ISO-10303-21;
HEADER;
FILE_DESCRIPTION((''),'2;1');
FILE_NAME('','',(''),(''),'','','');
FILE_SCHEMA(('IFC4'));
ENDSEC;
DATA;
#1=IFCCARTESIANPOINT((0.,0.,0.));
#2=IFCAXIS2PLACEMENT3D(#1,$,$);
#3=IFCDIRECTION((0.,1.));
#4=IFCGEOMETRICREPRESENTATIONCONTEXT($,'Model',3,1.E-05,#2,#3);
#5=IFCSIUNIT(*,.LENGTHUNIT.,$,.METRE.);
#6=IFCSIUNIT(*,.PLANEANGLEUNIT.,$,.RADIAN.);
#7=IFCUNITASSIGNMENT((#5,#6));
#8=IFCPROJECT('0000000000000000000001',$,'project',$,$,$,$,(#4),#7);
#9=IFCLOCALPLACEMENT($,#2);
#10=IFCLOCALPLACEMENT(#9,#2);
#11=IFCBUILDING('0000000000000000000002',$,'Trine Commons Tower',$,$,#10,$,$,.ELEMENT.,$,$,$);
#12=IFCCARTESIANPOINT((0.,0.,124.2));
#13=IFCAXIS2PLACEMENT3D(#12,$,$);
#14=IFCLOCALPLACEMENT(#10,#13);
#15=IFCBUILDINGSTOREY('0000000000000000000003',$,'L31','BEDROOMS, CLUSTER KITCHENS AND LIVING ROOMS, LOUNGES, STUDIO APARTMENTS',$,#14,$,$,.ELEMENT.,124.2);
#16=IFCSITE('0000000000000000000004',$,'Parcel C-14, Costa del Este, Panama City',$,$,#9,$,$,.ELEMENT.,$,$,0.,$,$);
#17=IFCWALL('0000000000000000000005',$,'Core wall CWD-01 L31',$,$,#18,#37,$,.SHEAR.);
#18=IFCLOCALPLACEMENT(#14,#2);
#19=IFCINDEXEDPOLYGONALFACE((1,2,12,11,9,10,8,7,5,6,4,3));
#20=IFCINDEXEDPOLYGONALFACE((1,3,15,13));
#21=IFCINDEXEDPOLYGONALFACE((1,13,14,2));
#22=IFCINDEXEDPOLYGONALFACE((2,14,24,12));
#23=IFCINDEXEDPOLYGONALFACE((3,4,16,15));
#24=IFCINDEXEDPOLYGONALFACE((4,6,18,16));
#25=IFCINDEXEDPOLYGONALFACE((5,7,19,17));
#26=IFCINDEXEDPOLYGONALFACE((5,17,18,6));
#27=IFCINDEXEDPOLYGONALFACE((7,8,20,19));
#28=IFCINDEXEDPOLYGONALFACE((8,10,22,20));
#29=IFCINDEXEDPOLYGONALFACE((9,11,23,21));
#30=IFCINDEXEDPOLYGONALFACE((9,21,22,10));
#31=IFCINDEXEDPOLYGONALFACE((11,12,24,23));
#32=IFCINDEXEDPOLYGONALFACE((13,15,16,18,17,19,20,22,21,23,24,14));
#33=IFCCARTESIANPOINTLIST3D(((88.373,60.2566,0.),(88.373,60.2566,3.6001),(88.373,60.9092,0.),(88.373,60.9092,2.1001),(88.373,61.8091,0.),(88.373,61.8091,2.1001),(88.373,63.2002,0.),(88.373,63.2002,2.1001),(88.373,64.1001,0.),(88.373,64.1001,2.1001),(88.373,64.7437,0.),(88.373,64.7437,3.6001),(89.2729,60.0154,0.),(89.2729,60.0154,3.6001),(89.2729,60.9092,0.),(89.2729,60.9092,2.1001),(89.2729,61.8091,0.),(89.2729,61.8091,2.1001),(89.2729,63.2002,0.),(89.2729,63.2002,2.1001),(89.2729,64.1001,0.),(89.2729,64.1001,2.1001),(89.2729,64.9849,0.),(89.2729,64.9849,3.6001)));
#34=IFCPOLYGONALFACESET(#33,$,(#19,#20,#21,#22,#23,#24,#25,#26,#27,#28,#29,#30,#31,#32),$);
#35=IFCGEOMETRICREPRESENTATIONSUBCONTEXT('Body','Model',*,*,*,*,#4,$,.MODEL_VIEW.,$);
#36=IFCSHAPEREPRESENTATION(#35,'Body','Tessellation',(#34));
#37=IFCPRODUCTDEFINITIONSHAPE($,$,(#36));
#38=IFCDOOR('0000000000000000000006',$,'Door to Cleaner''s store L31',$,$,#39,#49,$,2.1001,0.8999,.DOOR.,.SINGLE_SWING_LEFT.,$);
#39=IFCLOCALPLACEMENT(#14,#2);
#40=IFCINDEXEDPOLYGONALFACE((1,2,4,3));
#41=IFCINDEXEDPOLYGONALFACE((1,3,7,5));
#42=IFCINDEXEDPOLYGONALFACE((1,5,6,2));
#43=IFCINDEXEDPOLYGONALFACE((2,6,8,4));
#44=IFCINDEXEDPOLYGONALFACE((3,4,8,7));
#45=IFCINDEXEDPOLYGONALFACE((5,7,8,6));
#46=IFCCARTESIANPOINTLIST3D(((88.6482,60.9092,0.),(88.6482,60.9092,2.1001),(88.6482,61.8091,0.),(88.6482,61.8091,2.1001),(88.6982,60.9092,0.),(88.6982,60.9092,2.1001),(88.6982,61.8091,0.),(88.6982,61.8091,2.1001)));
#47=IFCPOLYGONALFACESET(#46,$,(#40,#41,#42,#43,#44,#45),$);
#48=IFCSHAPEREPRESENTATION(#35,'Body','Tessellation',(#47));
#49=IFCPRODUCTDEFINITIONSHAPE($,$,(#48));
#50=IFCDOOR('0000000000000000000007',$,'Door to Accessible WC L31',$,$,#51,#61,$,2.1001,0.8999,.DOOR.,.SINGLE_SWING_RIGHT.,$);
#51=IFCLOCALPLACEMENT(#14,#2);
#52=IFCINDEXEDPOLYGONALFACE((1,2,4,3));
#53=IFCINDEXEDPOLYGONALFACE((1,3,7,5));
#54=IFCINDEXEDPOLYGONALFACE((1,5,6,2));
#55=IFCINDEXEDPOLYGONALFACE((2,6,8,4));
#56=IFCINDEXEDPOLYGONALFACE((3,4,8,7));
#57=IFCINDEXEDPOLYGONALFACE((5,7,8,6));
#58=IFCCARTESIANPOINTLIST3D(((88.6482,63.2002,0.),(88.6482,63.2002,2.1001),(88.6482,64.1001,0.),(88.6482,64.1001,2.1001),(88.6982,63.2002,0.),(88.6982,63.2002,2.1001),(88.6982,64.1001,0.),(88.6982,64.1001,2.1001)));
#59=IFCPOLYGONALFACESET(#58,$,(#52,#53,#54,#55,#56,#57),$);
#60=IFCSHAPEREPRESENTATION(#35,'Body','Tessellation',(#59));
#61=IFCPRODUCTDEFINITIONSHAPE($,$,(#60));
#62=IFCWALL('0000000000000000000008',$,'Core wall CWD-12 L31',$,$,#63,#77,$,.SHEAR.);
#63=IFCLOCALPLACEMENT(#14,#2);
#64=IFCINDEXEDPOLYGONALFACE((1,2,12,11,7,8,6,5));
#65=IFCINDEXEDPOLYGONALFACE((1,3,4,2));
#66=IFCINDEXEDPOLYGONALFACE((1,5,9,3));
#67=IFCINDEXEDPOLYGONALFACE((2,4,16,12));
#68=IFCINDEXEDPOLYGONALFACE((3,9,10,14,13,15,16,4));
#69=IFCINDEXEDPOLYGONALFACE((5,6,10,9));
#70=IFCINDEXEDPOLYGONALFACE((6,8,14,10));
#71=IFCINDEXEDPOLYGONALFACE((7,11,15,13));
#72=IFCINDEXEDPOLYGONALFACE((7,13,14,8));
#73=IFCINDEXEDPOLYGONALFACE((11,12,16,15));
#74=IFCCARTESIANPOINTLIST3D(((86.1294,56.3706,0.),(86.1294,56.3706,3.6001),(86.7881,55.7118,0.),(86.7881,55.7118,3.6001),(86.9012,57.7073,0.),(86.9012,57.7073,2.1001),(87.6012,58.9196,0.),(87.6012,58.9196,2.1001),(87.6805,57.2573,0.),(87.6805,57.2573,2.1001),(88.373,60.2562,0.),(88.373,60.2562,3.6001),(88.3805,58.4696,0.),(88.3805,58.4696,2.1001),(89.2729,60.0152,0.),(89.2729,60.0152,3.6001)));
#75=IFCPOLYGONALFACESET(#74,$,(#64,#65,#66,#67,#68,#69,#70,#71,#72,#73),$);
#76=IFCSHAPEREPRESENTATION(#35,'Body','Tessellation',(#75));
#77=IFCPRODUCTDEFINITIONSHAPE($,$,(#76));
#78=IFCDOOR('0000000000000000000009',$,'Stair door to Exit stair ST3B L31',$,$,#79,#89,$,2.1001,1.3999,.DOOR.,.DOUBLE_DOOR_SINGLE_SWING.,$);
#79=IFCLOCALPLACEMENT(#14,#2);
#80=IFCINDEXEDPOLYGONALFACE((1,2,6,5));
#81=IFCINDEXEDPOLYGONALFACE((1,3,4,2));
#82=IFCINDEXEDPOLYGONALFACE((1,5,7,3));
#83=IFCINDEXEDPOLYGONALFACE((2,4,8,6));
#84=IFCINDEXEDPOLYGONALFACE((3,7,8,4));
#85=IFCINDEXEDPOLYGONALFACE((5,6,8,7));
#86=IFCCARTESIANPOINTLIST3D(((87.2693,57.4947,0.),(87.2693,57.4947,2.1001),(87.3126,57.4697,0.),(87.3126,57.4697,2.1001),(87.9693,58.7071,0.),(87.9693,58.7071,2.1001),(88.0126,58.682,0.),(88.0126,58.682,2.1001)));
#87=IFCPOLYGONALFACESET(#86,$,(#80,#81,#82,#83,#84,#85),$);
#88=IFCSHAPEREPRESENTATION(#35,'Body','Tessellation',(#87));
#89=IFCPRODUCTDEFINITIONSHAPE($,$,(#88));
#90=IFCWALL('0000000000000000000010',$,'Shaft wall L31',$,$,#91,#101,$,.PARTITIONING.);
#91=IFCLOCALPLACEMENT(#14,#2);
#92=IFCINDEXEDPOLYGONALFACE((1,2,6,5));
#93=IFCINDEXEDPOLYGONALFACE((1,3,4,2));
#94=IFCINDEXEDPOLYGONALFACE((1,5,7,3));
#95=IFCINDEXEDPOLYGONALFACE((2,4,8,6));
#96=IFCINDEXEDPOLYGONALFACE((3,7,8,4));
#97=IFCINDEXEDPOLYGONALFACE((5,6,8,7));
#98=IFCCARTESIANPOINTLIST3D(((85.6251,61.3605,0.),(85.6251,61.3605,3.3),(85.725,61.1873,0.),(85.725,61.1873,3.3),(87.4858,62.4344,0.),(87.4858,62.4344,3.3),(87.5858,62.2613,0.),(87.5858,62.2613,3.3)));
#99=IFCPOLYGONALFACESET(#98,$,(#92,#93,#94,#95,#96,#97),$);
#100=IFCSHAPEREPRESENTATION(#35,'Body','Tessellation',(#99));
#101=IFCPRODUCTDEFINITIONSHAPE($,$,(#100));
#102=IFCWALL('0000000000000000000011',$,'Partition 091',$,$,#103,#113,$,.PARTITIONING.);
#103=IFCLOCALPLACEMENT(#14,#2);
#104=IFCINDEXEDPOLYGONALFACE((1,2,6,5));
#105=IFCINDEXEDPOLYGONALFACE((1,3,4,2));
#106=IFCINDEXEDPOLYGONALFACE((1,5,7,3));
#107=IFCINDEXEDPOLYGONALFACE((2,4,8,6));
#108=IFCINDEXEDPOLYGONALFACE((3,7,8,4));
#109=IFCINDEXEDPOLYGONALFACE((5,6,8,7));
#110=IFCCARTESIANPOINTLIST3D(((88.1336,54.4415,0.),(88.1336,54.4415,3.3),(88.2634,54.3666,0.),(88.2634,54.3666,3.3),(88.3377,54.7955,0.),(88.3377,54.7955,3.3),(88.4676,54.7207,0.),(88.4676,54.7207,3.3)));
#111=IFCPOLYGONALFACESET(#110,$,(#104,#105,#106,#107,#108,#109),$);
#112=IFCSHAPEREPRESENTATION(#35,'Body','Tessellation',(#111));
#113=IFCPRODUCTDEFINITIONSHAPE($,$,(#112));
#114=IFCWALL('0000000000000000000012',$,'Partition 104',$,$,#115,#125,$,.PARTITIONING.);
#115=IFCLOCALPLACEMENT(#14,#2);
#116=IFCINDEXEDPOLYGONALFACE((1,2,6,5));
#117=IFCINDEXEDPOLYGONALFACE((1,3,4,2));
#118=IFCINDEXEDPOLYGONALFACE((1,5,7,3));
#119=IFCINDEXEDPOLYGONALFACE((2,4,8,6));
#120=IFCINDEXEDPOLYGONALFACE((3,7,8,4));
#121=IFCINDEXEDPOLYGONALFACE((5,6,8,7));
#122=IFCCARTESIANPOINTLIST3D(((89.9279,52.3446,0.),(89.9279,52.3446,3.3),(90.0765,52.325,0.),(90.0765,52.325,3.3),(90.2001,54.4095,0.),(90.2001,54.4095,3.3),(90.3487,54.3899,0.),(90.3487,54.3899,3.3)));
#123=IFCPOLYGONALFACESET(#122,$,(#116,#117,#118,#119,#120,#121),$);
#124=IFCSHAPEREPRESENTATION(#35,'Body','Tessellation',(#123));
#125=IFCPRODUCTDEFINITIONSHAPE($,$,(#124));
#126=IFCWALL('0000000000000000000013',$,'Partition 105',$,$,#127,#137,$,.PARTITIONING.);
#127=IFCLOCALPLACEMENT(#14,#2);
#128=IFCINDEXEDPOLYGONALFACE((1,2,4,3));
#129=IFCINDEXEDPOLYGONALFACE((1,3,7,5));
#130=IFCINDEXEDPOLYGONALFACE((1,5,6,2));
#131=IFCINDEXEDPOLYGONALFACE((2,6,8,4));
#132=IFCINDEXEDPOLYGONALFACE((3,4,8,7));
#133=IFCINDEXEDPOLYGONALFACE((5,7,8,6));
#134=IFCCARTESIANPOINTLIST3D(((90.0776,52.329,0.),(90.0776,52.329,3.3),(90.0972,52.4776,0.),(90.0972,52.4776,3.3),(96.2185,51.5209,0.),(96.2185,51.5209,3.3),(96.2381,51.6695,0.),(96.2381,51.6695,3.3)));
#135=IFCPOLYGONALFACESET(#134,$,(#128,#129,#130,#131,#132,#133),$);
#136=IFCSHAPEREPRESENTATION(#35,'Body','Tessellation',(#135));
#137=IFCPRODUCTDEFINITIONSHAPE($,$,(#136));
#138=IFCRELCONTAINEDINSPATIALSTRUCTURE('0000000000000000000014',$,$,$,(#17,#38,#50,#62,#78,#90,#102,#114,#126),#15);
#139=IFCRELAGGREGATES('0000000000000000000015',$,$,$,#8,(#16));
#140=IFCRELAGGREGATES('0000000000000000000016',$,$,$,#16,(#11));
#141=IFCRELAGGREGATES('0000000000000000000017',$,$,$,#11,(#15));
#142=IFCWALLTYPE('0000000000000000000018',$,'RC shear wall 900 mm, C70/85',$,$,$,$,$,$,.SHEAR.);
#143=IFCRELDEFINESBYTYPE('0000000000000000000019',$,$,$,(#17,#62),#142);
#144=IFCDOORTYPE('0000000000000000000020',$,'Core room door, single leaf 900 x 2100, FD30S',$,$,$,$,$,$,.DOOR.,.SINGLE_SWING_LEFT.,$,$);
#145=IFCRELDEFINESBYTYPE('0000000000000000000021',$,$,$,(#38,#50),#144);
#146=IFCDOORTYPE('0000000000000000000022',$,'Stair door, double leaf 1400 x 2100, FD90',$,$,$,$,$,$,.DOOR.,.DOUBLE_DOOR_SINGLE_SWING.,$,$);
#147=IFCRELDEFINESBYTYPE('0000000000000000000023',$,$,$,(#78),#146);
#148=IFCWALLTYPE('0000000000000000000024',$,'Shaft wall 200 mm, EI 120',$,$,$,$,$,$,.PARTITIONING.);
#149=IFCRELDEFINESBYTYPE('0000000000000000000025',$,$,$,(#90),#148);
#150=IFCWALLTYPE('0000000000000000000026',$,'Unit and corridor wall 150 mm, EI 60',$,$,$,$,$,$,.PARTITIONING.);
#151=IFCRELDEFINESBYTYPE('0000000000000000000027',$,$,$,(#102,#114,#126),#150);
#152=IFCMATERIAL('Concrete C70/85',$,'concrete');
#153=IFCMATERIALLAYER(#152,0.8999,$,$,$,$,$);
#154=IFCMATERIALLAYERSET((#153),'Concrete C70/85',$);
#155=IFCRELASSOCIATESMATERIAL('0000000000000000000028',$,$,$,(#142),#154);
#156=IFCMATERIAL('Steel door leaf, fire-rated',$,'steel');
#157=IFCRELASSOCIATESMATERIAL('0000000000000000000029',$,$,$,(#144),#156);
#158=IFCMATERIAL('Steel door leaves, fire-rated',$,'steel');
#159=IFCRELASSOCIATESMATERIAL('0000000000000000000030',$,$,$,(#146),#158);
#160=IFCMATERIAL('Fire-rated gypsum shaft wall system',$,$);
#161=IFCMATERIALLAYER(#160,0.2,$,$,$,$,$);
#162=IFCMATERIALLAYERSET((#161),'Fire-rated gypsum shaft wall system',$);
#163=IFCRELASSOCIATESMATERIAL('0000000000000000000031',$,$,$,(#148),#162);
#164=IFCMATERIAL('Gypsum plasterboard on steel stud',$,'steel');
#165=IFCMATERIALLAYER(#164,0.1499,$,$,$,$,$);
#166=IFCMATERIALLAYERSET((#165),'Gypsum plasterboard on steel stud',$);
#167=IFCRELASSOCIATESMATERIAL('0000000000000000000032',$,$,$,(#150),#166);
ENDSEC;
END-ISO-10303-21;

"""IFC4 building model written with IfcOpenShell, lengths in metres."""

from ifc_helpers import new_model, si_unit, direction, frame, frame_2d, origin, place, context, subcontext, project, spatial, polyline, rectangle, outline, extrude, material, layer, layer_set, type_object, element, fill, save


model = new_model("IFC4")

# Units and contexts
model_context = context("Model", 3, precision=1e-05, world=origin(), true_north=direction((0.0, 1.0)))
body_context = subcontext(model_context, "Body", "Model", "MODEL_VIEW")
ifc_project = project(units=[si_unit("LENGTHUNIT", "METRE"), si_unit("PLANEANGLEUNIT", "RADIAN")], contexts=[model_context])

# Site, building, storey
site_placement = place(None, origin())
site = spatial("IfcSite", under=ifc_project, at=site_placement, Name="Parcel C-14, Costa del Este, Panama City", CompositionType="ELEMENT", RefElevation=0.0)
building_placement = place(site_placement, origin())
building = spatial("IfcBuilding", under=site, at=building_placement, Name="Trine Commons Tower", CompositionType="ELEMENT")
storey_placement = place(building_placement, frame((0.0, 0.0, 124.2)))
storey = spatial("IfcBuildingStorey", under=building, at=storey_placement, Name="L31", Description="BEDROOMS, CLUSTER KITCHENS AND LIVING ROOMS, LOUNGES, STUDIO APARTMENTS", CompositionType="ELEMENT", Elevation=124.2)

# Wall, openings, doors
ifc_material_1 = material(Name="Concrete C70/85", Category="concrete")
ifc_layer_1 = layer(ifc_material_1, 0.8999)
ifc_layer_set_1 = layer_set([ifc_layer_1], Name="Concrete C70/85")
wall_type_1 = type_object("IfcWallType", Name="RC shear wall 900 mm, C70/85", PredefinedType="SHEAR", material=ifc_layer_set_1)
wall_1_placement = place(storey_placement, frame((88.823, 60.0154, 0.0), z_axis=(0.0, 0.0, 1.0), x_axis=(0.0, 1.0, 0.0)))
wall_1 = element("IfcWall", 1, at=wall_1_placement, inside=storey, type_object=wall_type_1, Name="Core wall CWD-01 L31", PredefinedType="SHEAR", context=body_context, shape_type="SweptSolid", body=[
    extrude(outline(polyline([(0.0, -0.45), (4.9695, -0.45), (4.7283, 0.45), (0.2412, 0.45), (0.0, -0.45)])), origin(), (0.0, 0.0, 1.0), 3.6001),
])
opening_1_placement = place(wall_1_placement, frame((0.8938, 0.0, 0.0)))
opening_1 = element("IfcOpeningElement", 2, at=opening_1_placement, cuts=wall_1, PredefinedType="OPENING", context=body_context, shape_type="SweptSolid", body=[
    extrude(rectangle(XDim=0.8999, YDim=2.1001, at=frame_2d((0.45, 1.05))), frame((0.0, 0.46, 0.0), z_axis=(0.0, -1.0, 0.0), x_axis=(1.0, 0.0, 0.0)), (0.0, 0.0, 1.0), 0.9199),
])
opening_2_placement = place(wall_1_placement, frame((3.1848, 0.0, 0.0)))
opening_2 = element("IfcOpeningElement", 3, at=opening_2_placement, cuts=wall_1, PredefinedType="OPENING", context=body_context, shape_type="SweptSolid", body=[
    extrude(rectangle(XDim=0.8999, YDim=2.1001, at=frame_2d((0.45, 1.05))), frame((0.0, 0.46, 0.0), z_axis=(0.0, -1.0, 0.0), x_axis=(1.0, 0.0, 0.0)), (0.0, 0.0, 1.0), 0.9199),
])
ifc_material_2 = material(Name="Steel door leaf, fire-rated", Category="steel")
door_type_1 = type_object("IfcDoorType", Name="Core room door, single leaf 900 x 2100, FD30S", OperationType="SINGLE_SWING_LEFT", PredefinedType="DOOR", material=ifc_material_2)
door_1_placement = place(opening_1_placement, origin())
door_1 = element("IfcDoor", 4, at=door_1_placement, inside=storey, type_object=door_type_1, Name="Door to Cleaner's store L31", OperationType="SINGLE_SWING_LEFT", OverallHeight=2.1001, OverallWidth=0.8999, PredefinedType="DOOR", context=body_context, shape_type="SweptSolid", body=[
    extrude(rectangle(XDim=0.8999, YDim=2.1001, at=frame_2d((0.45, 1.05))), frame((0.0, 0.1748, 0.0), z_axis=(0.0, -1.0, 0.0), x_axis=(1.0, 0.0, 0.0)), (0.0, 0.0, 1.0), 0.05),
])
fill(opening_1, door_1)
door_2_placement = place(opening_2_placement, origin())
door_2 = element("IfcDoor", 5, at=door_2_placement, inside=storey, type_object=door_type_1, Name="Door to Accessible WC L31", OperationType="SINGLE_SWING_RIGHT", OverallHeight=2.1001, OverallWidth=0.8999, PredefinedType="DOOR", context=body_context, shape_type="SweptSolid", body=[
    extrude(rectangle(XDim=0.8999, YDim=2.1001, at=frame_2d((0.45, 1.05))), frame((0.0, 0.1748, 0.0), z_axis=(0.0, -1.0, 0.0), x_axis=(1.0, 0.0, 0.0)), (0.0, 0.0, 1.0), 0.05),
])
fill(opening_2, door_2)

# Wall, opening, door
wall_2_placement = place(storey_placement, frame((86.3984, 55.9368, 0.0), z_axis=(0.0, 0.0, 1.0), x_axis=(0.500039, 0.866003, 0.0)))
wall_2 = element("IfcWall", 6, at=wall_2_placement, inside=storey, type_object=wall_type_1, Name="Core wall CWD-12 L31", PredefinedType="SHEAR", context=body_context, shape_type="SweptSolid", body=[
    extrude(outline(polyline([(0.0, -0.45), (4.9692, -0.45), (4.728, 0.45), (0.2412, 0.45), (0.0, -0.45)])), origin(), (0.0, 0.0, 1.0), 3.6001),
])
opening_3_placement = place(wall_2_placement, frame((1.7847, 0.0, 0.0)))
opening_3 = element("IfcOpeningElement", 7, at=opening_3_placement, cuts=wall_2, PredefinedType="OPENING", context=body_context, shape_type="SweptSolid", body=[
    extrude(rectangle(XDim=1.3999, YDim=2.1001, at=frame_2d((0.7, 1.05))), frame((0.0, 0.46, 0.0), z_axis=(0.0, -1.0, 0.0), x_axis=(1.0, 0.0, 0.0)), (0.0, 0.0, 1.0), 0.9199),
])
ifc_material_3 = material(Name="Steel door leaves, fire-rated", Category="steel")
door_type_2 = type_object("IfcDoorType", Name="Stair door, double leaf 1400 x 2100, FD90", OperationType="DOUBLE_DOOR_SINGLE_SWING", PredefinedType="DOOR", material=ifc_material_3)
door_3_placement = place(opening_3_placement, origin())
door_3 = element("IfcDoor", 8, at=door_3_placement, inside=storey, type_object=door_type_2, Name="Stair door to Exit stair ST3B L31", OperationType="DOUBLE_DOOR_SINGLE_SWING", OverallHeight=2.1001, OverallWidth=1.3999, PredefinedType="DOOR", context=body_context, shape_type="SweptSolid", body=[
    extrude(rectangle(XDim=1.3999, YDim=2.1001, at=frame_2d((0.7, 1.05))), frame((0.0, 0.0249, 0.0), z_axis=(0.0, -1.0, 0.0), x_axis=(1.0, 0.0, 0.0)), (0.0, 0.0, 1.0), 0.05),
])
fill(opening_3, door_3)

# Walls
ifc_material_4 = material(Name="Fire-rated gypsum shaft wall system")
ifc_layer_2 = layer(ifc_material_4, 0.2)
ifc_layer_set_2 = layer_set([ifc_layer_2], Name="Fire-rated gypsum shaft wall system")
wall_type_2 = type_object("IfcWallType", Name="Shaft wall 200 mm, EI 120", PredefinedType="PARTITIONING", material=ifc_layer_set_2)
wall_3_placement = place(storey_placement, frame((85.675, 61.2739, 0.0), z_axis=(0.0, 0.0, 1.0), x_axis=(0.866102, 0.499867, 0.0)))
element("IfcWall", 9, at=wall_3_placement, inside=storey, type_object=wall_type_2, Name="Shaft wall L31", PredefinedType="PARTITIONING", context=body_context, shape_type="SweptSolid", body=[
    extrude(rectangle(XDim=2.1484, YDim=0.2, at=frame_2d((1.0742, 0.0))), origin(), (0.0, 0.0, 1.0), 3.3),
])
ifc_material_5 = material(Name="Gypsum plasterboard on steel stud", Category="steel")
ifc_layer_3 = layer(ifc_material_5, 0.1499)
ifc_layer_set_3 = layer_set([ifc_layer_3], Name="Gypsum plasterboard on steel stud")
wall_type_3 = type_object("IfcWallType", Name="Unit and corridor wall 150 mm, EI 60", PredefinedType="PARTITIONING", material=ifc_layer_set_3)
wall_4_placement = place(storey_placement, frame((88.1985, 54.4041, 0.0), z_axis=(0.0, 0.0, 1.0), x_axis=(0.499481, 0.866325, 0.0)))
element("IfcWall", 10, at=wall_4_placement, inside=storey, type_object=wall_type_3, Name="Partition 091", PredefinedType="PARTITIONING", context=body_context, shape_type="SweptSolid", body=[
    extrude(rectangle(XDim=0.4087, YDim=0.1499, at=frame_2d((0.2043, 0.0))), origin(), (0.0, 0.0, 1.0), 3.3),
])
wall_5_placement = place(storey_placement, frame((90.0022, 52.3347, 0.0), z_axis=(0.0, 0.0, 1.0), x_axis=(0.130697, 0.991422, 0.0)))
element("IfcWall", 11, at=wall_5_placement, inside=storey, type_object=wall_type_3, Name="Partition 104", PredefinedType="PARTITIONING", context=body_context, shape_type="SweptSolid", body=[
    extrude(rectangle(XDim=2.0828, YDim=0.1499, at=frame_2d((1.0415, 0.0))), origin(), (0.0, 0.0, 1.0), 3.3),
])
wall_6_placement = place(storey_placement, frame((90.0874, 52.4033, 0.0), z_axis=(0.0, 0.0, 1.0), x_axis=(0.991452, -0.13047, 0.0)))
element("IfcWall", 12, at=wall_6_placement, inside=storey, type_object=wall_type_3, Name="Partition 105", PredefinedType="PARTITIONING", context=body_context, shape_type="SweptSolid", body=[
    extrude(rectangle(XDim=6.1938, YDim=0.1499, at=frame_2d((3.0969, 0.0))), origin(), (0.0, 0.0, 1.0), 3.3),
])

save(model, "model.ifc")
